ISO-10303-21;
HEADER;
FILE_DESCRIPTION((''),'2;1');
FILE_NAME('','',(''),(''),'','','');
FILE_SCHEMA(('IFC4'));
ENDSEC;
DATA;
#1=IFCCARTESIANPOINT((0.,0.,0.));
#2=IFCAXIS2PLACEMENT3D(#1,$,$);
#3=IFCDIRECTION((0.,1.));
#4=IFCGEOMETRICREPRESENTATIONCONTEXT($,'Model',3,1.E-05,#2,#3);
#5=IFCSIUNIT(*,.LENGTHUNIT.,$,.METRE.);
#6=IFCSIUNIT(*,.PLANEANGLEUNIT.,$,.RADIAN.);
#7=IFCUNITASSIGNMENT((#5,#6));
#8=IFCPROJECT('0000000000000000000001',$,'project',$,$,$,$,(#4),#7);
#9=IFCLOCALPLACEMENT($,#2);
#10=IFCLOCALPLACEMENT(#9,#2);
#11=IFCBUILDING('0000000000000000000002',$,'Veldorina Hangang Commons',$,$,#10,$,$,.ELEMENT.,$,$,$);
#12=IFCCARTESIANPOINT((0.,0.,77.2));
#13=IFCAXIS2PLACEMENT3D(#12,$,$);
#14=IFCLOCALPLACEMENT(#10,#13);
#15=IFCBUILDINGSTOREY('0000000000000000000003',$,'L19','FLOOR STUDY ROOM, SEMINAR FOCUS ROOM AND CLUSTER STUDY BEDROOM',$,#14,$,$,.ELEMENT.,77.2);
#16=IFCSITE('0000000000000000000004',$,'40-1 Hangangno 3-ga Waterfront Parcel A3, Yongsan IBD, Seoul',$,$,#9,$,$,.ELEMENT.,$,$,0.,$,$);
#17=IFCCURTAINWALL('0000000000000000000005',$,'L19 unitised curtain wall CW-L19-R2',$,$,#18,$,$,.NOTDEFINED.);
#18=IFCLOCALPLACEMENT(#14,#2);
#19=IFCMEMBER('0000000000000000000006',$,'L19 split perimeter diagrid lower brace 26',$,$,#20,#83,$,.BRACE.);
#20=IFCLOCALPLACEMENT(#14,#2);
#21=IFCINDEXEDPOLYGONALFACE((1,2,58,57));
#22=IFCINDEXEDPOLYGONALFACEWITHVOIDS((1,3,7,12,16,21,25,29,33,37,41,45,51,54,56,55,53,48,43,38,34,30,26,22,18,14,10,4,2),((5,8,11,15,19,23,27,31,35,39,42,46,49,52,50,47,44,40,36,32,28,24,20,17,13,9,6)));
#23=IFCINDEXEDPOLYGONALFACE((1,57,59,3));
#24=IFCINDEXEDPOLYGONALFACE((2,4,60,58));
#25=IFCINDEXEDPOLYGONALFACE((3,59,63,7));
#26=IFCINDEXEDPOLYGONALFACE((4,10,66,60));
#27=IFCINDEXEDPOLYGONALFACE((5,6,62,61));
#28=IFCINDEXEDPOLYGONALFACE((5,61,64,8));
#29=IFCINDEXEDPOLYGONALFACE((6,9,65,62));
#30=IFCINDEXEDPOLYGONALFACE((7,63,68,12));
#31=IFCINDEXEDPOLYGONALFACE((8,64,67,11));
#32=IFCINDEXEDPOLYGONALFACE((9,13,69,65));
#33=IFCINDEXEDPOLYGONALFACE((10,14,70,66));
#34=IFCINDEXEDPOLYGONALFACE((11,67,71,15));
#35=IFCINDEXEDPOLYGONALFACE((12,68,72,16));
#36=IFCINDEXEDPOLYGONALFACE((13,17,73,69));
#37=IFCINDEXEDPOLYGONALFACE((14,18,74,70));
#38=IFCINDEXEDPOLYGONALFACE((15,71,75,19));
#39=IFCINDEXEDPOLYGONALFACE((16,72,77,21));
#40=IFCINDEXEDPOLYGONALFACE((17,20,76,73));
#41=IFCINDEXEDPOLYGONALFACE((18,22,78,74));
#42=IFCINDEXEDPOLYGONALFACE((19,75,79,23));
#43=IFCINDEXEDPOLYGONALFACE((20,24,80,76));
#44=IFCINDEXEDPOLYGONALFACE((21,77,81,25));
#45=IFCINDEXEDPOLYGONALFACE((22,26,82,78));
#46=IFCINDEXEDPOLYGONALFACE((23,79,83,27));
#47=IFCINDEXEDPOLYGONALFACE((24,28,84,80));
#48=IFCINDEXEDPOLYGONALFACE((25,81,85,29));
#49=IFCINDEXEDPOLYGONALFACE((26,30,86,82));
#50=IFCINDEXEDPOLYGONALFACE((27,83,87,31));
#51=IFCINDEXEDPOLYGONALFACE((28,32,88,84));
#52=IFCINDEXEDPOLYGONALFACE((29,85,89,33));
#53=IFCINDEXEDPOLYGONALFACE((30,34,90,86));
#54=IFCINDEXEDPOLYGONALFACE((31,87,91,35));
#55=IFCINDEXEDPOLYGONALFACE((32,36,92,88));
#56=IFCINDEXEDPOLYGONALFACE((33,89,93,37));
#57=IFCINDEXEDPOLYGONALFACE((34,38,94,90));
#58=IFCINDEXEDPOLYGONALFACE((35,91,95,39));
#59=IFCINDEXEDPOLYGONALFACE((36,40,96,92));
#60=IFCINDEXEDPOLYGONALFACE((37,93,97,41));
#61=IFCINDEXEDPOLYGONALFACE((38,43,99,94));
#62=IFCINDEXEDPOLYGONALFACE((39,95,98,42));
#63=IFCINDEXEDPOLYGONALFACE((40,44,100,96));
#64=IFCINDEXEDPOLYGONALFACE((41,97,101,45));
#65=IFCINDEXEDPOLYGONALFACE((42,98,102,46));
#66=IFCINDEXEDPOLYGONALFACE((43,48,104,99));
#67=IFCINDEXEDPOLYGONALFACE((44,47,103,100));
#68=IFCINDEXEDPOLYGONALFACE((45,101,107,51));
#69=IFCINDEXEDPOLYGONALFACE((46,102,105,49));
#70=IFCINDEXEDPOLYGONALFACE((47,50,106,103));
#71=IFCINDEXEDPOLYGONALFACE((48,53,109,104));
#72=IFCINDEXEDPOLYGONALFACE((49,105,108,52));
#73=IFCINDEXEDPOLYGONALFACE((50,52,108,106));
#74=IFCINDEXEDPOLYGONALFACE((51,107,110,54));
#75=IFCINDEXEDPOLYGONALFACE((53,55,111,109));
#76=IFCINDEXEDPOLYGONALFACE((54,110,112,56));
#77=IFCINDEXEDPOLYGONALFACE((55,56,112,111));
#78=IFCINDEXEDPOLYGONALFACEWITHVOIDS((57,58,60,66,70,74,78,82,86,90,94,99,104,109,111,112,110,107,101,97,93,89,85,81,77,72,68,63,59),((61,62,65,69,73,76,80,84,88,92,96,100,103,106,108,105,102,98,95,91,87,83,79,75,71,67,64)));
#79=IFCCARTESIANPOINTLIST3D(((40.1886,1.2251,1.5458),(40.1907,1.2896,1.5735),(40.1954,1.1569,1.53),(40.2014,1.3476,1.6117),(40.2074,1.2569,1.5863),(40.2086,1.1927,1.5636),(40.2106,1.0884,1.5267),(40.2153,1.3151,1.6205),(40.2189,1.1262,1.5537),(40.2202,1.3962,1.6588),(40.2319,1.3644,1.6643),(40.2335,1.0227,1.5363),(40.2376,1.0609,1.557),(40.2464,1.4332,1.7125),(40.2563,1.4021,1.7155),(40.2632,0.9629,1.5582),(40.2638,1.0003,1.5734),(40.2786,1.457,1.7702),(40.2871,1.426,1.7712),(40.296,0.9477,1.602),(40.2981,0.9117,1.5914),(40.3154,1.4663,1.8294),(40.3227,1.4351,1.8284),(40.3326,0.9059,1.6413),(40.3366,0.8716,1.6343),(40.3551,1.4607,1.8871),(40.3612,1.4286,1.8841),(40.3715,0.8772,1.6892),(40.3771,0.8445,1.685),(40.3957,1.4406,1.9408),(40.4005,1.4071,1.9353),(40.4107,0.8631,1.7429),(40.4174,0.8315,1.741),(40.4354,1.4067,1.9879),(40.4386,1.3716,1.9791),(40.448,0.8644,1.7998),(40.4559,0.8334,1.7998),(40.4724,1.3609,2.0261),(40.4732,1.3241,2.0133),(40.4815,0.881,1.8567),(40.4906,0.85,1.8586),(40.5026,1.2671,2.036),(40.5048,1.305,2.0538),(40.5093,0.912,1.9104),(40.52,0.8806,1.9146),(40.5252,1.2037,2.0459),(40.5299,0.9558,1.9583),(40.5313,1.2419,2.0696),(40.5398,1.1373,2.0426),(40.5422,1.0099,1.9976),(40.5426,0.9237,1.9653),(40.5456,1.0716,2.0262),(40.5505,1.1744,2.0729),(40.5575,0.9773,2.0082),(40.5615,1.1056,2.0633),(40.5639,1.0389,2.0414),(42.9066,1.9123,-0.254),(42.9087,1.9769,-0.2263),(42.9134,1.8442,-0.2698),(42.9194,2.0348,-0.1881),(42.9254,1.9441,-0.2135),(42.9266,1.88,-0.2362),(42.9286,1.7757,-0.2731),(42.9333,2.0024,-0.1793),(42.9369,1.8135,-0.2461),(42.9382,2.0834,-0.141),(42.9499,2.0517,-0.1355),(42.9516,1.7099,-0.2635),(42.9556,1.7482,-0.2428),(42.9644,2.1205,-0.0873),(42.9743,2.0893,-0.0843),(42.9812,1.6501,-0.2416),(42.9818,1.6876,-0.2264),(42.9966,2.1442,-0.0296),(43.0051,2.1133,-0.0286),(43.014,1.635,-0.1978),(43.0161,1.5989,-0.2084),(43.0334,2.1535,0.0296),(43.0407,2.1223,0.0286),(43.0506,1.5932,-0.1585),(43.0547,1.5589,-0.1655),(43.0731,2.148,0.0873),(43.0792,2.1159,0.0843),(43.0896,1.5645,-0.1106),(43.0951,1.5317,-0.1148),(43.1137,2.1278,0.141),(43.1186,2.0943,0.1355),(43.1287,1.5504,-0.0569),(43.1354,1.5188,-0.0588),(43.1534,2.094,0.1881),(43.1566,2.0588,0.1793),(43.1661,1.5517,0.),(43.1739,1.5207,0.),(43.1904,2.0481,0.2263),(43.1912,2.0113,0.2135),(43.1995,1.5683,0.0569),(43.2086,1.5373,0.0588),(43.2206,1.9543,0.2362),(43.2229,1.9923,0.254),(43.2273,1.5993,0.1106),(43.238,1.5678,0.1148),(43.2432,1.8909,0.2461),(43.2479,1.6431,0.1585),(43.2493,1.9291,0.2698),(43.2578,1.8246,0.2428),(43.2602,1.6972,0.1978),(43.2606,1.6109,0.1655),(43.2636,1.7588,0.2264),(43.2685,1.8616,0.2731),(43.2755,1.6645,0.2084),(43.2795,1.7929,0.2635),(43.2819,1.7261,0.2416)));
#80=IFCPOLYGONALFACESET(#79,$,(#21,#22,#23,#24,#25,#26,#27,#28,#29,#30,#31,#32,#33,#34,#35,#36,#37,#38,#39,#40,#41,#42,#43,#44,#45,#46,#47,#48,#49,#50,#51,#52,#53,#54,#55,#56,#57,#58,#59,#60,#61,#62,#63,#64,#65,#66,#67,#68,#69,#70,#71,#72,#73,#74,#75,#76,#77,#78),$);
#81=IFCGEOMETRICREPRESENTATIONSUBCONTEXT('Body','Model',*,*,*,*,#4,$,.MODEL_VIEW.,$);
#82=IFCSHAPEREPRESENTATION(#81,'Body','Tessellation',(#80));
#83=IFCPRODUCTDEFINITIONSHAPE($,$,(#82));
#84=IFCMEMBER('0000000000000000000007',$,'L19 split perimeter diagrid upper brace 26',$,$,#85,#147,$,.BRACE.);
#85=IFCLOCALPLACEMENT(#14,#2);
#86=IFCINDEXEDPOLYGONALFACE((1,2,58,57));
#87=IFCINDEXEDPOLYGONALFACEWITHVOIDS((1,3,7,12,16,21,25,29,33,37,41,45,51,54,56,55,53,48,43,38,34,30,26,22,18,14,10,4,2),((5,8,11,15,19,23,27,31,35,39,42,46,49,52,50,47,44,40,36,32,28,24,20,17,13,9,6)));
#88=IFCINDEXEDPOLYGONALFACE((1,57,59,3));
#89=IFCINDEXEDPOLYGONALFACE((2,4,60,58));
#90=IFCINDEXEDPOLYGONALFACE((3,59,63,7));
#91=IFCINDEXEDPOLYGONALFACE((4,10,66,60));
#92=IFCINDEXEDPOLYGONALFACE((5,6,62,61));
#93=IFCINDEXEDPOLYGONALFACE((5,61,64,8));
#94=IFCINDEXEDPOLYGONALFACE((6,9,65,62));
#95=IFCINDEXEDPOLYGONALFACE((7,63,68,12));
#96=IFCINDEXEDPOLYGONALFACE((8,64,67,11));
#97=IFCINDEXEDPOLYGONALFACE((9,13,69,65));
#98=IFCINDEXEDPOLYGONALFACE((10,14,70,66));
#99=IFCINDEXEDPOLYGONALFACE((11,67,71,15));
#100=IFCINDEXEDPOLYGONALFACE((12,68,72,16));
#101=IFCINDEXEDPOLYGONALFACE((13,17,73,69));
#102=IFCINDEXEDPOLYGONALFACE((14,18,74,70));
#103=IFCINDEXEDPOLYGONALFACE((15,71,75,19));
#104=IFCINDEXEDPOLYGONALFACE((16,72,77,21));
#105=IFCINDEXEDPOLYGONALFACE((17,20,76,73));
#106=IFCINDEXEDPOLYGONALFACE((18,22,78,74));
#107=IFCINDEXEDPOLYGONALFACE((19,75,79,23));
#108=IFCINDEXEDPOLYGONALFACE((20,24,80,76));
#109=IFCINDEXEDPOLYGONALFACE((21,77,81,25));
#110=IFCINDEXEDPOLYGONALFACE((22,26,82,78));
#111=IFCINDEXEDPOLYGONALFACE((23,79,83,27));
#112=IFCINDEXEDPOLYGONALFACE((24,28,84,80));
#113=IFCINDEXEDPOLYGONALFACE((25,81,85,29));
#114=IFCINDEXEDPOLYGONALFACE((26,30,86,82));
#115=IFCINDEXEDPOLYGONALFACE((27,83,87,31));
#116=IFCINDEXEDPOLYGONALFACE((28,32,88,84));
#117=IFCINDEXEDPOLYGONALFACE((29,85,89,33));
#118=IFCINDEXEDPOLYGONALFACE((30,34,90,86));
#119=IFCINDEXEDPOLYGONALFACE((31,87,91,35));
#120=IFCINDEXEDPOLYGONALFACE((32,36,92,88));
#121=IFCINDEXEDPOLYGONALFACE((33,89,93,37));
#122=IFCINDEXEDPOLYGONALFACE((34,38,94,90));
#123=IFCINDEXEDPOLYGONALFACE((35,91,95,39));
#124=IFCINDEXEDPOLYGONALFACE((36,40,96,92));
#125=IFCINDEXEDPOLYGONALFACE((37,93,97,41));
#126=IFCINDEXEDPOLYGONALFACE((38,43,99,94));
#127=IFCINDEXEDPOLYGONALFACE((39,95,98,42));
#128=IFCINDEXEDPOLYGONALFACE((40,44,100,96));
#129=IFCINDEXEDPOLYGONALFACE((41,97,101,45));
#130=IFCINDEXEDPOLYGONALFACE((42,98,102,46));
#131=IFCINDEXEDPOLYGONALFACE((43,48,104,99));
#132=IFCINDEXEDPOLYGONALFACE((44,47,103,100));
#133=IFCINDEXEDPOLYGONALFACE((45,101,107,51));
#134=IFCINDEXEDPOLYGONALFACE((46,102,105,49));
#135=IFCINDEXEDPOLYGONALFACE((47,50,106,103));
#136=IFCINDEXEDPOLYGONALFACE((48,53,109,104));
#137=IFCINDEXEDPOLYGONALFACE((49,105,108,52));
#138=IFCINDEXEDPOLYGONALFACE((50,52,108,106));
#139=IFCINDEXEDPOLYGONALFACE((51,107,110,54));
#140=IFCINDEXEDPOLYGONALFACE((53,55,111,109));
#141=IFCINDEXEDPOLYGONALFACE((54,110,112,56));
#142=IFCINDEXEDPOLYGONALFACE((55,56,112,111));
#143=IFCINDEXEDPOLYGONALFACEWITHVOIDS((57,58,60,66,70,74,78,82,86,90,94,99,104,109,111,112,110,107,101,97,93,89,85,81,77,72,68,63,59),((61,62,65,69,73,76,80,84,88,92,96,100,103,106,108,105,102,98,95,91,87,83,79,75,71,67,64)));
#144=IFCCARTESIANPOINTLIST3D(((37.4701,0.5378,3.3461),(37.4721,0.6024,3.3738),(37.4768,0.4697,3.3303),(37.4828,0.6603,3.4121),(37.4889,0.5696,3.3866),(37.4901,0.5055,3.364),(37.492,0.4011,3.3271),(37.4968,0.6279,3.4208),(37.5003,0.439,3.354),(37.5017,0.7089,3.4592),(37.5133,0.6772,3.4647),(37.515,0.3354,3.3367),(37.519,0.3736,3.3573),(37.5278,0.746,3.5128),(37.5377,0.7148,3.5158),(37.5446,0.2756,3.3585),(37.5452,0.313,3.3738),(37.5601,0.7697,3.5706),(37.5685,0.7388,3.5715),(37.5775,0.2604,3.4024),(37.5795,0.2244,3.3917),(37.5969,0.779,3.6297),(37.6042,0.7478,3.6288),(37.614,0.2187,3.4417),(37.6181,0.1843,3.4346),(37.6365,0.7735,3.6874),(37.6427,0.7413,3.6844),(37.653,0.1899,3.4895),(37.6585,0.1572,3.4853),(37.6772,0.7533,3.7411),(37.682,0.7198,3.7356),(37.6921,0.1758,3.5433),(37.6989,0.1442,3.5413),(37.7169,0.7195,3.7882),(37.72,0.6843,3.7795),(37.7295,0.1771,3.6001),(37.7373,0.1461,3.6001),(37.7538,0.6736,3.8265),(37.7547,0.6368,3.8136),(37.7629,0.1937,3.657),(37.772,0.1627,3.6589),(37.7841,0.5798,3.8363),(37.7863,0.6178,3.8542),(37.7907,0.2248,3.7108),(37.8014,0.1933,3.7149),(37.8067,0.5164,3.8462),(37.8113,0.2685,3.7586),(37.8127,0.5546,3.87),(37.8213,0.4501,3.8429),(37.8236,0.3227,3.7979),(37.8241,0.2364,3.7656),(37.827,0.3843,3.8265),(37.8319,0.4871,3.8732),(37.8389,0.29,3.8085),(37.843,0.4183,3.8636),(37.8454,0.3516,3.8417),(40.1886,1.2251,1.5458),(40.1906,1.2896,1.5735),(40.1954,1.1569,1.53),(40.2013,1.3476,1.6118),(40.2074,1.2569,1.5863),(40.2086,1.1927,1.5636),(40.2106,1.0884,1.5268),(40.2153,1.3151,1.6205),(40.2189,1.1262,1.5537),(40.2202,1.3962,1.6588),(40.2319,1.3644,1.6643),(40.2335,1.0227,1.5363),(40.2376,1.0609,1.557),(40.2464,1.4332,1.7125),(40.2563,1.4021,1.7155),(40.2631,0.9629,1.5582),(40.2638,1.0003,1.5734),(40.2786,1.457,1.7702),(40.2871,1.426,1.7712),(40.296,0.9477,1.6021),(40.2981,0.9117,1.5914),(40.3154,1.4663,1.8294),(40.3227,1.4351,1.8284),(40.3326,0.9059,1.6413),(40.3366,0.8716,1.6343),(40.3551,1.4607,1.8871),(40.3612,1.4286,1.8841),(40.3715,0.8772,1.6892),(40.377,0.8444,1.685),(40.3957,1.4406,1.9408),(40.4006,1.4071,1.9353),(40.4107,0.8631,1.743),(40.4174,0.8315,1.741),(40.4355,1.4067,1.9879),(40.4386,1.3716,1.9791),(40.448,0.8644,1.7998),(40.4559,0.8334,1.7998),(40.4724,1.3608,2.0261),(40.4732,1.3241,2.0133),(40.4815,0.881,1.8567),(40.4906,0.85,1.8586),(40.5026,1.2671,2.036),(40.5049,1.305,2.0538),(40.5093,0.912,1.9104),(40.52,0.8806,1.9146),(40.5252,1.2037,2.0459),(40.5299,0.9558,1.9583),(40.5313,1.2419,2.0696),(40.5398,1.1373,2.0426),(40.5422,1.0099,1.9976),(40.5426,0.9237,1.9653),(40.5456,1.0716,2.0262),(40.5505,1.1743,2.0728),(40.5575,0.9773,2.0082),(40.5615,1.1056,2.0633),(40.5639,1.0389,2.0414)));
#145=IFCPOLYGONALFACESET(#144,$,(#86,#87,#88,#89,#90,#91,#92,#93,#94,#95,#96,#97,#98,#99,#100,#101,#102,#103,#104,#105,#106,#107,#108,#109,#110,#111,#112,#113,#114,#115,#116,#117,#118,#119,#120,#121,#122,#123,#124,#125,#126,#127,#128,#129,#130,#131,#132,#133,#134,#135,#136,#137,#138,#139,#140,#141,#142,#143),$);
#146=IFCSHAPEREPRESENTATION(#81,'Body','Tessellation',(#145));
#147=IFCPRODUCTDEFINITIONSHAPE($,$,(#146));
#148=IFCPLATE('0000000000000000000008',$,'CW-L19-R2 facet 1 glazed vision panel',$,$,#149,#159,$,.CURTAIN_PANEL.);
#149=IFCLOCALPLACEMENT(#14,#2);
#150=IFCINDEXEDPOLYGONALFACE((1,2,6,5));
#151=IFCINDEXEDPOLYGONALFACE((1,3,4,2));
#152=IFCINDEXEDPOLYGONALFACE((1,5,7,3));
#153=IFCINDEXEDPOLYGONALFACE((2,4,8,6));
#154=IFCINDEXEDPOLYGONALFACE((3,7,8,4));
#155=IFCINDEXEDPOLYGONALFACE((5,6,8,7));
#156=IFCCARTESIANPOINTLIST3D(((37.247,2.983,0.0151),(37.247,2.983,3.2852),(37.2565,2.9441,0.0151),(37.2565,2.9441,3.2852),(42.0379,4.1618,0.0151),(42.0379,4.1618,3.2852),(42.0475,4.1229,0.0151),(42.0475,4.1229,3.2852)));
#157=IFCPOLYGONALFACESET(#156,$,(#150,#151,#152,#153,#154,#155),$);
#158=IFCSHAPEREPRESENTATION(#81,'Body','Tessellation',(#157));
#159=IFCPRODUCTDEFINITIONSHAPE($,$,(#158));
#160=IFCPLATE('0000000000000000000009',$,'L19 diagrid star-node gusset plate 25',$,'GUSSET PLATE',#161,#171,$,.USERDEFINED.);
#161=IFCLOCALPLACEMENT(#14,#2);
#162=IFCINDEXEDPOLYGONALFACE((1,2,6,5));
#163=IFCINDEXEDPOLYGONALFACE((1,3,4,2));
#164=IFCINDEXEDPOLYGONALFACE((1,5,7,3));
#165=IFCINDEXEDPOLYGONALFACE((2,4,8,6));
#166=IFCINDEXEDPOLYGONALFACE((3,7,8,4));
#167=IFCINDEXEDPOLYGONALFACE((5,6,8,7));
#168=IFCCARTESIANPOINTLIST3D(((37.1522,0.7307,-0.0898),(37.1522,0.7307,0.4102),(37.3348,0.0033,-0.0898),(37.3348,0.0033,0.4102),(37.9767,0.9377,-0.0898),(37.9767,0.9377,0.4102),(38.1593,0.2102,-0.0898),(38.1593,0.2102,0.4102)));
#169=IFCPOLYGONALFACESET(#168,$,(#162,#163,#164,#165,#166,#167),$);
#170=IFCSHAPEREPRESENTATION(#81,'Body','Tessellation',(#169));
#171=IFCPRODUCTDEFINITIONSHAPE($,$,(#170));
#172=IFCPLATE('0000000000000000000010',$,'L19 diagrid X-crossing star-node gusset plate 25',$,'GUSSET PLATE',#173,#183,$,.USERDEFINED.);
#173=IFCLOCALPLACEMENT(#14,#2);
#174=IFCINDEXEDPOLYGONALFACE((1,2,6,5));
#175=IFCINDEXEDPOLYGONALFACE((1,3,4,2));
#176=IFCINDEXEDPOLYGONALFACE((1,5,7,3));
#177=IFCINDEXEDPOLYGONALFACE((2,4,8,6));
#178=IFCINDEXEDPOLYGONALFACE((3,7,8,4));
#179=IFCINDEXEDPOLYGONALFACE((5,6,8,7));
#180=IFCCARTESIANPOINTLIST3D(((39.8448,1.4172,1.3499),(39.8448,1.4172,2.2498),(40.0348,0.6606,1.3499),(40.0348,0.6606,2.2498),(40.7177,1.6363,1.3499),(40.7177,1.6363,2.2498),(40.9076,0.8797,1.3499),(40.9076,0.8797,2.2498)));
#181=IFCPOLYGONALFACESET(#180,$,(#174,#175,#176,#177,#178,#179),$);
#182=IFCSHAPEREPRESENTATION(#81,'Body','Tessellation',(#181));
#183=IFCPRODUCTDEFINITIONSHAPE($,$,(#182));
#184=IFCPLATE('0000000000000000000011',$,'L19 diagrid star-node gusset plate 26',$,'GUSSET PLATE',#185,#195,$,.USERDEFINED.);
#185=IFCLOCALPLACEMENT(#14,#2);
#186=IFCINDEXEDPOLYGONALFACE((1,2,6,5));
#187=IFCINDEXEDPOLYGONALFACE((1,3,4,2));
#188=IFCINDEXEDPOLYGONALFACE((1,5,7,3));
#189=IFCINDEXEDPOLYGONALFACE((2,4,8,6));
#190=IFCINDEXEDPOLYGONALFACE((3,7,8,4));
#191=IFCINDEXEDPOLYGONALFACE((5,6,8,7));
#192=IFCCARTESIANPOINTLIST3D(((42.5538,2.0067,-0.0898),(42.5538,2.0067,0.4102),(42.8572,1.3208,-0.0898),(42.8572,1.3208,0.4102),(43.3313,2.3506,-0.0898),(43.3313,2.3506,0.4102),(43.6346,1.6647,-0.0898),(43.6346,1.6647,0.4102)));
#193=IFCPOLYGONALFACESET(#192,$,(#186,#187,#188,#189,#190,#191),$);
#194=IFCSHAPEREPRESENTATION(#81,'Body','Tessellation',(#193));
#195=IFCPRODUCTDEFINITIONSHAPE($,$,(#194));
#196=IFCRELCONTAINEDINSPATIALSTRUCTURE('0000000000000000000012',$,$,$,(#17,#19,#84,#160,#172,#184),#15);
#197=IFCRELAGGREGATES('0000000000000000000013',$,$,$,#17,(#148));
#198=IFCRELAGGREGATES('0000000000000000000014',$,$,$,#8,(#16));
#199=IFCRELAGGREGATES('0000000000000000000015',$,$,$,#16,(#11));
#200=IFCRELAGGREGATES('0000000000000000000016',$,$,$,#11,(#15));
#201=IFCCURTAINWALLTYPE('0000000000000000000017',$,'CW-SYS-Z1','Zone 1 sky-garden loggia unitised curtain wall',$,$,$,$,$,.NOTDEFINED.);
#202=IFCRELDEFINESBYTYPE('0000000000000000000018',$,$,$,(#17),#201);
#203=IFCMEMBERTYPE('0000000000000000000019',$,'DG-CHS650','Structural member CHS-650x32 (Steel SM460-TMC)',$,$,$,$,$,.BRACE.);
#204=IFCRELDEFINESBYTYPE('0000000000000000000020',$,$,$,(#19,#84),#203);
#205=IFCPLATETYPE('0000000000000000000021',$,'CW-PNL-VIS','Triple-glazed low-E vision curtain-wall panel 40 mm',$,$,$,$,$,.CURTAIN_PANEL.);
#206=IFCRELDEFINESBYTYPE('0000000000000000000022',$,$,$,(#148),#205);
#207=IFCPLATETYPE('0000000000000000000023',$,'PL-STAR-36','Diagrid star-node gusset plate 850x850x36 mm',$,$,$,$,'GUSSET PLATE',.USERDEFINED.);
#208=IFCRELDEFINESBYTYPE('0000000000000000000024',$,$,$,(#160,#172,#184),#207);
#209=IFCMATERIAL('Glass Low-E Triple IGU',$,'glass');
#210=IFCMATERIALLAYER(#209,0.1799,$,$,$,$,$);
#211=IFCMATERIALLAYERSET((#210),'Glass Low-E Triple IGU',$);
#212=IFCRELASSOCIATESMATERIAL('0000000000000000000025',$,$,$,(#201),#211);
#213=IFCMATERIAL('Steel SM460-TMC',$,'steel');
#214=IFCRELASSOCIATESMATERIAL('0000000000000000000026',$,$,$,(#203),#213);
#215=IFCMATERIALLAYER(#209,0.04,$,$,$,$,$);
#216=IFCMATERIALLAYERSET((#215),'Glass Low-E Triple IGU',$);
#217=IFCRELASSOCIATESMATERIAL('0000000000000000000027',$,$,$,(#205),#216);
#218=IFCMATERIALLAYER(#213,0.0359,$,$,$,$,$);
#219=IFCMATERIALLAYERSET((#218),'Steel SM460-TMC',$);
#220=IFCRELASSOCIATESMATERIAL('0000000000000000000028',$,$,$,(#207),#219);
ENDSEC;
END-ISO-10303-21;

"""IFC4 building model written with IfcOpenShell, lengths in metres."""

from ifc_helpers import new_model, si_unit, direction, frame, origin, origin_2d, place, context, subcontext, project, spatial, rectangle, hollow_circle, extrude, material, layer, layer_set, material_profile, profile_set, type_object, element, aggregate, save


model = new_model("IFC4")

# Units and contexts
model_context = context("Model", 3, precision=1e-05, world=origin(), true_north=direction((0.0, 1.0)))
body_context = subcontext(model_context, "Body", "Model", "MODEL_VIEW")
ifc_project = project(units=[si_unit("LENGTHUNIT", "METRE"), si_unit("PLANEANGLEUNIT", "RADIAN")], contexts=[model_context])

# Site, building, storey
site_placement = place(None, origin())
site = spatial("IfcSite", under=ifc_project, at=site_placement, Name="40-1 Hangangno 3-ga Waterfront Parcel A3, Yongsan IBD, Seoul", CompositionType="ELEMENT", RefElevation=0.0)
building_placement = place(site_placement, origin())
building = spatial("IfcBuilding", under=site, at=building_placement, Name="Veldorina Hangang Commons", CompositionType="ELEMENT")
storey_placement = place(building_placement, frame((0.0, 0.0, 77.2)))
storey = spatial("IfcBuildingStorey", under=building, at=storey_placement, Name="L19", Description="FLOOR STUDY ROOM, SEMINAR FOCUS ROOM AND CLUSTER STUDY BEDROOM", CompositionType="ELEMENT", Elevation=77.2)

# Curtain wall
ifc_material_1 = material(Name="Glass Low-E Triple IGU", Category="glass")
ifc_layer_1 = layer(ifc_material_1, 0.1799)
ifc_layer_set_1 = layer_set([ifc_layer_1], Name="Glass Low-E Triple IGU")
curtain_wall_type = type_object("IfcCurtainWallType", Name="CW-SYS-Z1", Description="Zone 1 sky-garden loggia unitised curtain wall", PredefinedType="NOTDEFINED", material=ifc_layer_set_1)
curtain_wall_placement = place(storey_placement, origin())
curtain_wall = element("IfcCurtainWall", 1, at=curtain_wall_placement, inside=storey, type_object=curtain_wall_type, Name="L19 unitised curtain wall CW-L19-R2", PredefinedType="NOTDEFINED")

# Members
ifc_material_2 = material(Name="Steel SM460-TMC", Category="steel")
ifc_material_profile_1 = material_profile(ifc_material_2, hollow_circle(Radius=0.325, WallThickness=0.032, at=origin_2d()), Name="CHS-650x32")
ifc_profile_set_1 = profile_set([ifc_material_profile_1], Name="Steel SM460-TMC")
member_type_1 = type_object("IfcMemberType", Name="DG-CHS650", Description="Structural member CHS-650x32 (Steel SM460-TMC)", PredefinedType="BRACE", material=ifc_profile_set_1)
member_1_placement = place(storey_placement, frame((43.0942, 1.8357, 0.0), z_axis=(-0.815841, -0.206287, 0.54023), x_axis=(0.245137, -0.969488, 0.0)))
element("IfcMember", 2, at=member_1_placement, inside=storey, type_object=member_type_1, Name="L19 split perimeter diagrid lower brace 26", PredefinedType="BRACE", context=body_context, shape_type="SweptSolid", body=[
    extrude(hollow_circle(Radius=0.325, WallThickness=0.032, at=origin_2d()), origin(), (0.0, 0.0, 1.0), 3.3315),
])
member_2_placement = place(storey_placement, frame((40.3762, 1.1484, 1.7998), z_axis=(-0.815826, -0.206246, 0.540269), x_axis=(0.245096, -0.969499, 0.0)))
element("IfcMember", 3, at=member_2_placement, inside=storey, type_object=member_type_1, Name="L19 split perimeter diagrid upper brace 26", PredefinedType="BRACE", context=body_context, shape_type="SweptSolid", body=[
    extrude(hollow_circle(Radius=0.325, WallThickness=0.032, at=origin_2d()), origin(), (0.0, 0.0, 1.0), 3.3323),
])

# Plate
ifc_layer_2 = layer(ifc_material_1, 0.04)
ifc_layer_set_2 = layer_set([ifc_layer_2], Name="Glass Low-E Triple IGU")
plate_type_1 = type_object("IfcPlateType", Name="CW-PNL-VIS", Description="Triple-glazed low-E vision curtain-wall panel 40 mm", PredefinedType="CURTAIN_PANEL", material=ifc_layer_set_2)
plate_1_placement = place(storey_placement, frame((39.6472, 3.553, 0.0151), z_axis=(0.0, 0.0, 1.0), x_axis=(0.971038, 0.238923, 0.0)))
plate_1 = element("IfcPlate", 4, at=plate_1_placement, type_object=plate_type_1, Name="CW-L19-R2 facet 1 glazed vision panel", PredefinedType="CURTAIN_PANEL", context=body_context, shape_type="SweptSolid", body=[
    extrude(rectangle(XDim=4.9338, YDim=0.04, at=origin_2d()), origin(), (0.0, 0.0, 1.0), 3.27),
])
aggregate(curtain_wall, [plate_1])

# Plates
ifc_layer_3 = layer(ifc_material_2, 0.0359)
ifc_layer_set_3 = layer_set([ifc_layer_3], Name="Steel SM460-TMC")
plate_type_2 = type_object("IfcPlateType", Name="PL-STAR-36", Description="Diagrid star-node gusset plate 850x850x36 mm", ElementType="GUSSET PLATE", PredefinedType="USERDEFINED", material=ifc_layer_set_3)
plate_2_placement = place(storey_placement, frame((37.6558, 0.4705, -0.0898), z_axis=(0.0, 0.0, 1.0), x_axis=(0.969906, 0.24348, 0.0)))
element("IfcPlate", 5, at=plate_2_placement, inside=storey, type_object=plate_type_2, Name="L19 diagrid star-node gusset plate 25", ObjectType="GUSSET PLATE", PredefinedType="USERDEFINED", context=body_context, shape_type="SweptSolid", body=[
    extrude(rectangle(XDim=0.8501, YDim=0.75, at=origin_2d()), origin(), (0.0, 0.0, 1.0), 0.5),
])
plate_3_placement = place(storey_placement, frame((40.3762, 1.1484, 1.3499), z_axis=(0.0, 0.0, 1.0), x_axis=(0.969906, 0.24348, 0.0)))
element("IfcPlate", 6, at=plate_3_placement, inside=storey, type_object=plate_type_2, Name="L19 diagrid X-crossing star-node gusset plate 25", ObjectType="GUSSET PLATE", PredefinedType="USERDEFINED", context=body_context, shape_type="SweptSolid", body=[
    extrude(rectangle(XDim=0.8999, YDim=0.78, at=origin_2d()), origin(), (0.0, 0.0, 1.0), 0.8999),
])
plate_4_placement = place(storey_placement, frame((43.0942, 1.8357, -0.0898), z_axis=(0.0, 0.0, 1.0), x_axis=(0.914537, 0.404503, 0.0)))
element("IfcPlate", 7, at=plate_4_placement, inside=storey, type_object=plate_type_2, Name="L19 diagrid star-node gusset plate 26", ObjectType="GUSSET PLATE", PredefinedType="USERDEFINED", context=body_context, shape_type="SweptSolid", body=[
    extrude(rectangle(XDim=0.8501, YDim=0.75, at=origin_2d()), origin(), (0.0, 0.0, 1.0), 0.5),
])

save(model, "model.ifc")
